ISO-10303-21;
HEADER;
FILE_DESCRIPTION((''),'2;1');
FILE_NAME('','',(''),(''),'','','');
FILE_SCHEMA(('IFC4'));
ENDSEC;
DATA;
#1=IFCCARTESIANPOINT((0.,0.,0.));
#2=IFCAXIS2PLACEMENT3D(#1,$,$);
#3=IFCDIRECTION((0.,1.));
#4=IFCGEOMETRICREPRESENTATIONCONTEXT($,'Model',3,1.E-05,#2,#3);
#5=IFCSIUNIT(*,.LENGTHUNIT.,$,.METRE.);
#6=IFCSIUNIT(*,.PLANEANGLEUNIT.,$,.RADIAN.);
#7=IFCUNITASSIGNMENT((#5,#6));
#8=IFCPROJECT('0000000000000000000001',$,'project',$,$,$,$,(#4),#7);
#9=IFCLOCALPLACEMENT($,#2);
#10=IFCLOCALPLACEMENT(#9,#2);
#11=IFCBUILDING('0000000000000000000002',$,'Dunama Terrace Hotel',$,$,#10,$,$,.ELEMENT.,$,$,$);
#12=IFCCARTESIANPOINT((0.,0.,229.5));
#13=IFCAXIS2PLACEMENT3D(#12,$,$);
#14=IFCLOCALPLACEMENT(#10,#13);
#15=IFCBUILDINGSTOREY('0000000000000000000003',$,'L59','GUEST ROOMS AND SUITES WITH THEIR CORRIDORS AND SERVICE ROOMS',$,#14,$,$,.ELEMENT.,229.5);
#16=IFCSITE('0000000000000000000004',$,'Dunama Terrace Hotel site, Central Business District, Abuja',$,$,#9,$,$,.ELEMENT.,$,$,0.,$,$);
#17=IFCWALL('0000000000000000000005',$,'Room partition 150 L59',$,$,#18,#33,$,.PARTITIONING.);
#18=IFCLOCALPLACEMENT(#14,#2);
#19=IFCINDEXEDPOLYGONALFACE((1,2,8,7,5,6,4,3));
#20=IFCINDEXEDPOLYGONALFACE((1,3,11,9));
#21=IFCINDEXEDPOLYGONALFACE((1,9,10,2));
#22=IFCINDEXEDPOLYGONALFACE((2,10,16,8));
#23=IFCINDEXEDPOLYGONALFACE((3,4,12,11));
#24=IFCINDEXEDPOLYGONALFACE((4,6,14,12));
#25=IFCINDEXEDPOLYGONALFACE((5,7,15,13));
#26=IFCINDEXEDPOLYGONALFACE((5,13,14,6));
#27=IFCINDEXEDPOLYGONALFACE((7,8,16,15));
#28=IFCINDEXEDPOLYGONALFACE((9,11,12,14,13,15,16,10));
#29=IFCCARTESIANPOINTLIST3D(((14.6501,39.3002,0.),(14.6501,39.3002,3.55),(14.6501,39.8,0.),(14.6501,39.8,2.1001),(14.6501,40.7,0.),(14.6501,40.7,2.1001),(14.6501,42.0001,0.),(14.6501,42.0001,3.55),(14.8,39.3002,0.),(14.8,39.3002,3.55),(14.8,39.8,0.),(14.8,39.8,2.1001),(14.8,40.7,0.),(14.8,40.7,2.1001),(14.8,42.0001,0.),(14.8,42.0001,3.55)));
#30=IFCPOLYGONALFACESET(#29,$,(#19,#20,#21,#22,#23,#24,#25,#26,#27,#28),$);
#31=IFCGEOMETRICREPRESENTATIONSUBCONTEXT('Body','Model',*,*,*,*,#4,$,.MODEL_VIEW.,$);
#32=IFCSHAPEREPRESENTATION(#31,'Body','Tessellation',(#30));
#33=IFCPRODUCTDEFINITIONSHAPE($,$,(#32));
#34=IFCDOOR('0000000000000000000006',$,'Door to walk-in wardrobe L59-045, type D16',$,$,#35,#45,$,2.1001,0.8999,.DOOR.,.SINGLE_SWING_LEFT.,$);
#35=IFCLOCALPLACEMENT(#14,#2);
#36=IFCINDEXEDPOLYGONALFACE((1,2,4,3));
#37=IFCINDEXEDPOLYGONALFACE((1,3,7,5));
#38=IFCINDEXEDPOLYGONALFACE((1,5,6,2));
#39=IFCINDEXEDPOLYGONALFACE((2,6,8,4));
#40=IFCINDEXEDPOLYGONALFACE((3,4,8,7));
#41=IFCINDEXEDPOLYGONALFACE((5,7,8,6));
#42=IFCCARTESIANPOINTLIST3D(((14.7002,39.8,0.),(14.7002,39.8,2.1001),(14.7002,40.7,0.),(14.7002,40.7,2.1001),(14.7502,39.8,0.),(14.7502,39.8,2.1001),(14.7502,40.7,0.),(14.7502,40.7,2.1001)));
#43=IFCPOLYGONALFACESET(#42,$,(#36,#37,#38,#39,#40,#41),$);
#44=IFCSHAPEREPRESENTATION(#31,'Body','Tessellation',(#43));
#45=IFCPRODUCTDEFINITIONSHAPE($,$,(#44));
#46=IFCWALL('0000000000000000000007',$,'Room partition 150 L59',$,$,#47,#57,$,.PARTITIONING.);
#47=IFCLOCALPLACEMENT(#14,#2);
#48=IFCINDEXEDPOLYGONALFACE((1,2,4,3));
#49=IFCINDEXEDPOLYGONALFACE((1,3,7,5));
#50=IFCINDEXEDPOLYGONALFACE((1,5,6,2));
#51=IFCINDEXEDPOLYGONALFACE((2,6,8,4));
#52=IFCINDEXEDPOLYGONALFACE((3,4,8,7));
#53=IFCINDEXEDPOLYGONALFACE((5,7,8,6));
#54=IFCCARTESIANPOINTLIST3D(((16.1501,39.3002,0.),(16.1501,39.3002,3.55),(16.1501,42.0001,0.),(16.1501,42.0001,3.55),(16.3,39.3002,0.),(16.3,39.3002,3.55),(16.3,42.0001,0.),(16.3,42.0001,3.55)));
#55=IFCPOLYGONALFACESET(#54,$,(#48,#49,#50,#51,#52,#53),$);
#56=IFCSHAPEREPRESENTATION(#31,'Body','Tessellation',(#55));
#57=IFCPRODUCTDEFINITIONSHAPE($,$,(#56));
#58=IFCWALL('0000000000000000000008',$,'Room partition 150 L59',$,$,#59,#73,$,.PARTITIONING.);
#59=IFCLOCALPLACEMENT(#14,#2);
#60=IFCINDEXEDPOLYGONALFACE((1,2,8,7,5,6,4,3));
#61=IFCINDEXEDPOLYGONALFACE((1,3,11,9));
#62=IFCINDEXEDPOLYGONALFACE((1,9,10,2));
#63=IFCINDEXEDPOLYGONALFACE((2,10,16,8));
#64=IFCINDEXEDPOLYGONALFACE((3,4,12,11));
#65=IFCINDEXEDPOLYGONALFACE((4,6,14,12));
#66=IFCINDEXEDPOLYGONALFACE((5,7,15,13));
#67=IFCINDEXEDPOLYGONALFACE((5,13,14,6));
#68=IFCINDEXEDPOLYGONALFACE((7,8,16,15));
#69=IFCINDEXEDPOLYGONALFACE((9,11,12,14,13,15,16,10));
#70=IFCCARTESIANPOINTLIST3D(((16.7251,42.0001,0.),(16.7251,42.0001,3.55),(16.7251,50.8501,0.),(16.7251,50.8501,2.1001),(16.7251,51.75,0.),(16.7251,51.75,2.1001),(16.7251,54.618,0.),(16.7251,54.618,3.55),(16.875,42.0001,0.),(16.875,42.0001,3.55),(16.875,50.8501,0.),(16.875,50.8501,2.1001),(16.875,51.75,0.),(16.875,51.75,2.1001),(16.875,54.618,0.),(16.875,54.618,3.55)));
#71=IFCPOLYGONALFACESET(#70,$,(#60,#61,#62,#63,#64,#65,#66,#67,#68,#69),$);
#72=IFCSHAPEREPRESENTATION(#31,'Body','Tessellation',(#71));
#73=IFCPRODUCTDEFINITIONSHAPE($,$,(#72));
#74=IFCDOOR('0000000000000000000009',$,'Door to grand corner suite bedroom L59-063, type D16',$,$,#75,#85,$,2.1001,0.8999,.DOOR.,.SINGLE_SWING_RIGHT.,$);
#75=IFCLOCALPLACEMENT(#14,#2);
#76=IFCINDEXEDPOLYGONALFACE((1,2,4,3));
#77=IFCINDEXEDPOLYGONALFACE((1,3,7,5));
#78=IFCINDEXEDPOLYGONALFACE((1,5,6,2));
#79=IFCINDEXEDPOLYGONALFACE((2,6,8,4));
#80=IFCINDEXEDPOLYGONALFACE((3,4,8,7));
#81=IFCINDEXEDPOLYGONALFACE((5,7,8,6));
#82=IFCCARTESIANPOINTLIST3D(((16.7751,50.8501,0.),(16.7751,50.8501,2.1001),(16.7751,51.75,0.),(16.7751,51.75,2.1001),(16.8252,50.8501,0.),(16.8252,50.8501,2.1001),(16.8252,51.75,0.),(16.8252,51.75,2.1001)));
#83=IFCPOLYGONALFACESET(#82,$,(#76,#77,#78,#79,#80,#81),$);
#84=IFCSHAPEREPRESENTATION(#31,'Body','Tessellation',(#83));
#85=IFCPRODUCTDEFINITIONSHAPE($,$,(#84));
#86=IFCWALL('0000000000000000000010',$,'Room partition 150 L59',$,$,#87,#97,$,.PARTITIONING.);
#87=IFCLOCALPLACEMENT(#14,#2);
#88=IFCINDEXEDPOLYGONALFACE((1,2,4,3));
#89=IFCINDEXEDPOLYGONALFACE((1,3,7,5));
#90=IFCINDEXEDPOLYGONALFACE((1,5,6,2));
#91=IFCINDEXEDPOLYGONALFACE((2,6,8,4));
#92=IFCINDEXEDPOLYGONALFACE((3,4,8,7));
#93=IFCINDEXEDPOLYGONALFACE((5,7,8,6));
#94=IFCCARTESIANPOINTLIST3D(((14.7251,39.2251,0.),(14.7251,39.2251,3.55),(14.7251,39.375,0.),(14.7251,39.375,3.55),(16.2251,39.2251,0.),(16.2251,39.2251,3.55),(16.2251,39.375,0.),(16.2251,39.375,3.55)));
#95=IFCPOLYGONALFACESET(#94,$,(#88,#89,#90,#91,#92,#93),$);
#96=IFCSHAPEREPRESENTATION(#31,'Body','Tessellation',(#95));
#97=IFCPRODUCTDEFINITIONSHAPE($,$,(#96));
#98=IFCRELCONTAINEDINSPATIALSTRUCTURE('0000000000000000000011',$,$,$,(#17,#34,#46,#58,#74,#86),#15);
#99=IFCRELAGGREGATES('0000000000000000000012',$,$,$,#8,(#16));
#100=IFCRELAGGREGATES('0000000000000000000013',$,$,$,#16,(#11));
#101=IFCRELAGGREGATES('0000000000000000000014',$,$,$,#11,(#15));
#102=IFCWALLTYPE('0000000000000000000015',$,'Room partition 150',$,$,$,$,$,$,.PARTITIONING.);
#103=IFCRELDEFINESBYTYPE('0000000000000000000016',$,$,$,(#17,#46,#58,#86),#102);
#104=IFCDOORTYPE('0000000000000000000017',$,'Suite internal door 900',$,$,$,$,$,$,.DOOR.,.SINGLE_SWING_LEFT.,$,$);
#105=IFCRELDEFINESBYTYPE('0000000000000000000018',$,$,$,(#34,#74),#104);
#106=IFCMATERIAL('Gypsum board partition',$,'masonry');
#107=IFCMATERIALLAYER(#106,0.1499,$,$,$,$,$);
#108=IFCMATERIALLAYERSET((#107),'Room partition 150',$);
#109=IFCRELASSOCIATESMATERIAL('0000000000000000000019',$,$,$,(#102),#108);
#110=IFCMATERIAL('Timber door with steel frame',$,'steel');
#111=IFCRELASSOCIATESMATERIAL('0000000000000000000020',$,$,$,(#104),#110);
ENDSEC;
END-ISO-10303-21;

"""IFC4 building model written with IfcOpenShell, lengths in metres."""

from ifc_helpers import new_model, si_unit, direction, frame, frame_2d, origin, place, context, subcontext, project, spatial, rectangle, extrude, material, layer, layer_set, type_object, element, fill, save


model = new_model("IFC4")

# Units and contexts
model_context = context("Model", 3, precision=1e-05, world=origin(), true_north=direction((0.0, 1.0)))
body_context = subcontext(model_context, "Body", "Model", "MODEL_VIEW")
ifc_project = project(units=[si_unit("LENGTHUNIT", "METRE"), si_unit("PLANEANGLEUNIT", "RADIAN")], contexts=[model_context])

# Site, building, storey
site_placement = place(None, origin())
site = spatial("IfcSite", under=ifc_project, at=site_placement, Name="Dunama Terrace Hotel site, Central Business District, Abuja", CompositionType="ELEMENT", RefElevation=0.0)
building_placement = place(site_placement, origin())
building = spatial("IfcBuilding", under=site, at=building_placement, Name="Dunama Terrace Hotel", CompositionType="ELEMENT")
storey_placement = place(building_placement, frame((0.0, 0.0, 229.5)))
storey = spatial("IfcBuildingStorey", under=building, at=storey_placement, Name="L59", Description="GUEST ROOMS AND SUITES WITH THEIR CORRIDORS AND SERVICE ROOMS", CompositionType="ELEMENT", Elevation=229.5)

# Wall, opening, door
ifc_material_1 = material(Name="Gypsum board partition", Category="masonry")
ifc_layer_1 = layer(ifc_material_1, 0.1499)
ifc_layer_set_1 = layer_set([ifc_layer_1], Name="Room partition 150")
wall_type_1 = type_object("IfcWallType", Name="Room partition 150", PredefinedType="PARTITIONING", material=ifc_layer_set_1)
wall_1_placement = place(storey_placement, frame((14.7251, 39.3, 0.0), z_axis=(0.0, 0.0, 1.0), x_axis=(0.0, 1.0, 0.0)))
wall_1 = element("IfcWall", 1, at=wall_1_placement, inside=storey, type_object=wall_type_1, Name="Room partition 150 L59", PredefinedType="PARTITIONING", context=body_context, shape_type="SweptSolid", body=[
    extrude(rectangle(XDim=2.7, YDim=0.1499, at=frame_2d((1.3501, 0.0))), origin(), (0.0, 0.0, 1.0), 3.55),
])
opening_1_placement = place(wall_1_placement, frame((0.5, 0.0, 0.0)))
opening_1 = element("IfcOpeningElement", 2, at=opening_1_placement, cuts=wall_1, PredefinedType="OPENING", context=body_context, shape_type="SweptSolid", body=[
    extrude(rectangle(XDim=0.8999, YDim=2.1001, at=frame_2d((0.45, 1.05))), frame((0.0, 0.085, 0.0), z_axis=(0.0, -1.0, 0.0), x_axis=(1.0, 0.0, 0.0)), (0.0, 0.0, 1.0), 0.1699),
])
ifc_material_2 = material(Name="Timber door with steel frame", Category="steel")
door_type_1 = type_object("IfcDoorType", Name="Suite internal door 900", OperationType="SINGLE_SWING_LEFT", PredefinedType="DOOR", material=ifc_material_2)
door_1_placement = place(opening_1_placement, frame((0.8999, 0.0, 0.0), z_axis=(0.0, 0.0, 1.0), x_axis=(-1.0, 0.0, 0.0)))
door_1 = element("IfcDoor", 3, at=door_1_placement, inside=storey, type_object=door_type_1, Name="Door to walk-in wardrobe L59-045, type D16", OperationType="SINGLE_SWING_LEFT", OverallHeight=2.1001, OverallWidth=0.8999, PredefinedType="DOOR", context=body_context, shape_type="SweptSolid", body=[
    extrude(rectangle(XDim=0.8999, YDim=2.1001, at=frame_2d((0.45, 1.05))), frame((0.0, 0.0251, 0.0), z_axis=(0.0, -1.0, 0.0), x_axis=(1.0, 0.0, 0.0)), (0.0, 0.0, 1.0), 0.05),
])
fill(opening_1, door_1)

# Wall
wall_2_placement = place(storey_placement, frame((16.2251, 39.3, 0.0), z_axis=(0.0, 0.0, 1.0), x_axis=(0.0, 1.0, 0.0)))
element("IfcWall", 4, at=wall_2_placement, inside=storey, type_object=wall_type_1, Name="Room partition 150 L59", PredefinedType="PARTITIONING", context=body_context, shape_type="SweptSolid", body=[
    extrude(rectangle(XDim=2.7, YDim=0.1499, at=frame_2d((1.3501, 0.0))), origin(), (0.0, 0.0, 1.0), 3.55),
])

# Wall, opening, door
wall_3_placement = place(storey_placement, frame((16.8, 42.0, 0.0), z_axis=(0.0, 0.0, 1.0), x_axis=(0.0, 1.0, 0.0)))
wall_3 = element("IfcWall", 5, at=wall_3_placement, inside=storey, type_object=wall_type_1, Name="Room partition 150 L59", PredefinedType="PARTITIONING", context=body_context, shape_type="SweptSolid", body=[
    extrude(rectangle(XDim=12.6179, YDim=0.1499, at=frame_2d((6.3091, 0.0))), origin(), (0.0, 0.0, 1.0), 3.55),
])
opening_2_placement = place(wall_3_placement, frame((8.8501, 0.0, 0.0)))
opening_2 = element("IfcOpeningElement", 6, at=opening_2_placement, cuts=wall_3, PredefinedType="OPENING", context=body_context, shape_type="SweptSolid", body=[
    extrude(rectangle(XDim=0.8999, YDim=2.1001, at=frame_2d((0.45, 1.05))), frame((0.0, 0.085, 0.0), z_axis=(0.0, -1.0, 0.0), x_axis=(1.0, 0.0, 0.0)), (0.0, 0.0, 1.0), 0.1699),
])
door_2_placement = place(opening_2_placement, origin())
door_2 = element("IfcDoor", 7, at=door_2_placement, inside=storey, type_object=door_type_1, Name="Door to grand corner suite bedroom L59-063, type D16", OperationType="SINGLE_SWING_RIGHT", OverallHeight=2.1001, OverallWidth=0.8999, PredefinedType="DOOR", context=body_context, shape_type="SweptSolid", body=[
    extrude(rectangle(XDim=0.8999, YDim=2.1001, at=frame_2d((0.45, 1.05))), frame((0.0, 0.0249, 0.0), z_axis=(0.0, -1.0, 0.0), x_axis=(1.0, 0.0, 0.0)), (0.0, 0.0, 1.0), 0.05),
])
fill(opening_2, door_2)

# Wall
wall_4_placement = place(storey_placement, frame((14.7251, 39.3, 0.0), z_axis=(0.0, 0.0, 1.0), x_axis=(1.0, 0.0, 0.0)))
element("IfcWall", 8, at=wall_4_placement, inside=storey, type_object=wall_type_1, Name="Room partition 150 L59", PredefinedType="PARTITIONING", context=body_context, shape_type="SweptSolid", body=[
    extrude(rectangle(XDim=1.5, YDim=0.1499, at=frame_2d((0.75, 0.0))), origin(), (0.0, 0.0, 1.0), 3.55),
])

save(model, "model.ifc")
